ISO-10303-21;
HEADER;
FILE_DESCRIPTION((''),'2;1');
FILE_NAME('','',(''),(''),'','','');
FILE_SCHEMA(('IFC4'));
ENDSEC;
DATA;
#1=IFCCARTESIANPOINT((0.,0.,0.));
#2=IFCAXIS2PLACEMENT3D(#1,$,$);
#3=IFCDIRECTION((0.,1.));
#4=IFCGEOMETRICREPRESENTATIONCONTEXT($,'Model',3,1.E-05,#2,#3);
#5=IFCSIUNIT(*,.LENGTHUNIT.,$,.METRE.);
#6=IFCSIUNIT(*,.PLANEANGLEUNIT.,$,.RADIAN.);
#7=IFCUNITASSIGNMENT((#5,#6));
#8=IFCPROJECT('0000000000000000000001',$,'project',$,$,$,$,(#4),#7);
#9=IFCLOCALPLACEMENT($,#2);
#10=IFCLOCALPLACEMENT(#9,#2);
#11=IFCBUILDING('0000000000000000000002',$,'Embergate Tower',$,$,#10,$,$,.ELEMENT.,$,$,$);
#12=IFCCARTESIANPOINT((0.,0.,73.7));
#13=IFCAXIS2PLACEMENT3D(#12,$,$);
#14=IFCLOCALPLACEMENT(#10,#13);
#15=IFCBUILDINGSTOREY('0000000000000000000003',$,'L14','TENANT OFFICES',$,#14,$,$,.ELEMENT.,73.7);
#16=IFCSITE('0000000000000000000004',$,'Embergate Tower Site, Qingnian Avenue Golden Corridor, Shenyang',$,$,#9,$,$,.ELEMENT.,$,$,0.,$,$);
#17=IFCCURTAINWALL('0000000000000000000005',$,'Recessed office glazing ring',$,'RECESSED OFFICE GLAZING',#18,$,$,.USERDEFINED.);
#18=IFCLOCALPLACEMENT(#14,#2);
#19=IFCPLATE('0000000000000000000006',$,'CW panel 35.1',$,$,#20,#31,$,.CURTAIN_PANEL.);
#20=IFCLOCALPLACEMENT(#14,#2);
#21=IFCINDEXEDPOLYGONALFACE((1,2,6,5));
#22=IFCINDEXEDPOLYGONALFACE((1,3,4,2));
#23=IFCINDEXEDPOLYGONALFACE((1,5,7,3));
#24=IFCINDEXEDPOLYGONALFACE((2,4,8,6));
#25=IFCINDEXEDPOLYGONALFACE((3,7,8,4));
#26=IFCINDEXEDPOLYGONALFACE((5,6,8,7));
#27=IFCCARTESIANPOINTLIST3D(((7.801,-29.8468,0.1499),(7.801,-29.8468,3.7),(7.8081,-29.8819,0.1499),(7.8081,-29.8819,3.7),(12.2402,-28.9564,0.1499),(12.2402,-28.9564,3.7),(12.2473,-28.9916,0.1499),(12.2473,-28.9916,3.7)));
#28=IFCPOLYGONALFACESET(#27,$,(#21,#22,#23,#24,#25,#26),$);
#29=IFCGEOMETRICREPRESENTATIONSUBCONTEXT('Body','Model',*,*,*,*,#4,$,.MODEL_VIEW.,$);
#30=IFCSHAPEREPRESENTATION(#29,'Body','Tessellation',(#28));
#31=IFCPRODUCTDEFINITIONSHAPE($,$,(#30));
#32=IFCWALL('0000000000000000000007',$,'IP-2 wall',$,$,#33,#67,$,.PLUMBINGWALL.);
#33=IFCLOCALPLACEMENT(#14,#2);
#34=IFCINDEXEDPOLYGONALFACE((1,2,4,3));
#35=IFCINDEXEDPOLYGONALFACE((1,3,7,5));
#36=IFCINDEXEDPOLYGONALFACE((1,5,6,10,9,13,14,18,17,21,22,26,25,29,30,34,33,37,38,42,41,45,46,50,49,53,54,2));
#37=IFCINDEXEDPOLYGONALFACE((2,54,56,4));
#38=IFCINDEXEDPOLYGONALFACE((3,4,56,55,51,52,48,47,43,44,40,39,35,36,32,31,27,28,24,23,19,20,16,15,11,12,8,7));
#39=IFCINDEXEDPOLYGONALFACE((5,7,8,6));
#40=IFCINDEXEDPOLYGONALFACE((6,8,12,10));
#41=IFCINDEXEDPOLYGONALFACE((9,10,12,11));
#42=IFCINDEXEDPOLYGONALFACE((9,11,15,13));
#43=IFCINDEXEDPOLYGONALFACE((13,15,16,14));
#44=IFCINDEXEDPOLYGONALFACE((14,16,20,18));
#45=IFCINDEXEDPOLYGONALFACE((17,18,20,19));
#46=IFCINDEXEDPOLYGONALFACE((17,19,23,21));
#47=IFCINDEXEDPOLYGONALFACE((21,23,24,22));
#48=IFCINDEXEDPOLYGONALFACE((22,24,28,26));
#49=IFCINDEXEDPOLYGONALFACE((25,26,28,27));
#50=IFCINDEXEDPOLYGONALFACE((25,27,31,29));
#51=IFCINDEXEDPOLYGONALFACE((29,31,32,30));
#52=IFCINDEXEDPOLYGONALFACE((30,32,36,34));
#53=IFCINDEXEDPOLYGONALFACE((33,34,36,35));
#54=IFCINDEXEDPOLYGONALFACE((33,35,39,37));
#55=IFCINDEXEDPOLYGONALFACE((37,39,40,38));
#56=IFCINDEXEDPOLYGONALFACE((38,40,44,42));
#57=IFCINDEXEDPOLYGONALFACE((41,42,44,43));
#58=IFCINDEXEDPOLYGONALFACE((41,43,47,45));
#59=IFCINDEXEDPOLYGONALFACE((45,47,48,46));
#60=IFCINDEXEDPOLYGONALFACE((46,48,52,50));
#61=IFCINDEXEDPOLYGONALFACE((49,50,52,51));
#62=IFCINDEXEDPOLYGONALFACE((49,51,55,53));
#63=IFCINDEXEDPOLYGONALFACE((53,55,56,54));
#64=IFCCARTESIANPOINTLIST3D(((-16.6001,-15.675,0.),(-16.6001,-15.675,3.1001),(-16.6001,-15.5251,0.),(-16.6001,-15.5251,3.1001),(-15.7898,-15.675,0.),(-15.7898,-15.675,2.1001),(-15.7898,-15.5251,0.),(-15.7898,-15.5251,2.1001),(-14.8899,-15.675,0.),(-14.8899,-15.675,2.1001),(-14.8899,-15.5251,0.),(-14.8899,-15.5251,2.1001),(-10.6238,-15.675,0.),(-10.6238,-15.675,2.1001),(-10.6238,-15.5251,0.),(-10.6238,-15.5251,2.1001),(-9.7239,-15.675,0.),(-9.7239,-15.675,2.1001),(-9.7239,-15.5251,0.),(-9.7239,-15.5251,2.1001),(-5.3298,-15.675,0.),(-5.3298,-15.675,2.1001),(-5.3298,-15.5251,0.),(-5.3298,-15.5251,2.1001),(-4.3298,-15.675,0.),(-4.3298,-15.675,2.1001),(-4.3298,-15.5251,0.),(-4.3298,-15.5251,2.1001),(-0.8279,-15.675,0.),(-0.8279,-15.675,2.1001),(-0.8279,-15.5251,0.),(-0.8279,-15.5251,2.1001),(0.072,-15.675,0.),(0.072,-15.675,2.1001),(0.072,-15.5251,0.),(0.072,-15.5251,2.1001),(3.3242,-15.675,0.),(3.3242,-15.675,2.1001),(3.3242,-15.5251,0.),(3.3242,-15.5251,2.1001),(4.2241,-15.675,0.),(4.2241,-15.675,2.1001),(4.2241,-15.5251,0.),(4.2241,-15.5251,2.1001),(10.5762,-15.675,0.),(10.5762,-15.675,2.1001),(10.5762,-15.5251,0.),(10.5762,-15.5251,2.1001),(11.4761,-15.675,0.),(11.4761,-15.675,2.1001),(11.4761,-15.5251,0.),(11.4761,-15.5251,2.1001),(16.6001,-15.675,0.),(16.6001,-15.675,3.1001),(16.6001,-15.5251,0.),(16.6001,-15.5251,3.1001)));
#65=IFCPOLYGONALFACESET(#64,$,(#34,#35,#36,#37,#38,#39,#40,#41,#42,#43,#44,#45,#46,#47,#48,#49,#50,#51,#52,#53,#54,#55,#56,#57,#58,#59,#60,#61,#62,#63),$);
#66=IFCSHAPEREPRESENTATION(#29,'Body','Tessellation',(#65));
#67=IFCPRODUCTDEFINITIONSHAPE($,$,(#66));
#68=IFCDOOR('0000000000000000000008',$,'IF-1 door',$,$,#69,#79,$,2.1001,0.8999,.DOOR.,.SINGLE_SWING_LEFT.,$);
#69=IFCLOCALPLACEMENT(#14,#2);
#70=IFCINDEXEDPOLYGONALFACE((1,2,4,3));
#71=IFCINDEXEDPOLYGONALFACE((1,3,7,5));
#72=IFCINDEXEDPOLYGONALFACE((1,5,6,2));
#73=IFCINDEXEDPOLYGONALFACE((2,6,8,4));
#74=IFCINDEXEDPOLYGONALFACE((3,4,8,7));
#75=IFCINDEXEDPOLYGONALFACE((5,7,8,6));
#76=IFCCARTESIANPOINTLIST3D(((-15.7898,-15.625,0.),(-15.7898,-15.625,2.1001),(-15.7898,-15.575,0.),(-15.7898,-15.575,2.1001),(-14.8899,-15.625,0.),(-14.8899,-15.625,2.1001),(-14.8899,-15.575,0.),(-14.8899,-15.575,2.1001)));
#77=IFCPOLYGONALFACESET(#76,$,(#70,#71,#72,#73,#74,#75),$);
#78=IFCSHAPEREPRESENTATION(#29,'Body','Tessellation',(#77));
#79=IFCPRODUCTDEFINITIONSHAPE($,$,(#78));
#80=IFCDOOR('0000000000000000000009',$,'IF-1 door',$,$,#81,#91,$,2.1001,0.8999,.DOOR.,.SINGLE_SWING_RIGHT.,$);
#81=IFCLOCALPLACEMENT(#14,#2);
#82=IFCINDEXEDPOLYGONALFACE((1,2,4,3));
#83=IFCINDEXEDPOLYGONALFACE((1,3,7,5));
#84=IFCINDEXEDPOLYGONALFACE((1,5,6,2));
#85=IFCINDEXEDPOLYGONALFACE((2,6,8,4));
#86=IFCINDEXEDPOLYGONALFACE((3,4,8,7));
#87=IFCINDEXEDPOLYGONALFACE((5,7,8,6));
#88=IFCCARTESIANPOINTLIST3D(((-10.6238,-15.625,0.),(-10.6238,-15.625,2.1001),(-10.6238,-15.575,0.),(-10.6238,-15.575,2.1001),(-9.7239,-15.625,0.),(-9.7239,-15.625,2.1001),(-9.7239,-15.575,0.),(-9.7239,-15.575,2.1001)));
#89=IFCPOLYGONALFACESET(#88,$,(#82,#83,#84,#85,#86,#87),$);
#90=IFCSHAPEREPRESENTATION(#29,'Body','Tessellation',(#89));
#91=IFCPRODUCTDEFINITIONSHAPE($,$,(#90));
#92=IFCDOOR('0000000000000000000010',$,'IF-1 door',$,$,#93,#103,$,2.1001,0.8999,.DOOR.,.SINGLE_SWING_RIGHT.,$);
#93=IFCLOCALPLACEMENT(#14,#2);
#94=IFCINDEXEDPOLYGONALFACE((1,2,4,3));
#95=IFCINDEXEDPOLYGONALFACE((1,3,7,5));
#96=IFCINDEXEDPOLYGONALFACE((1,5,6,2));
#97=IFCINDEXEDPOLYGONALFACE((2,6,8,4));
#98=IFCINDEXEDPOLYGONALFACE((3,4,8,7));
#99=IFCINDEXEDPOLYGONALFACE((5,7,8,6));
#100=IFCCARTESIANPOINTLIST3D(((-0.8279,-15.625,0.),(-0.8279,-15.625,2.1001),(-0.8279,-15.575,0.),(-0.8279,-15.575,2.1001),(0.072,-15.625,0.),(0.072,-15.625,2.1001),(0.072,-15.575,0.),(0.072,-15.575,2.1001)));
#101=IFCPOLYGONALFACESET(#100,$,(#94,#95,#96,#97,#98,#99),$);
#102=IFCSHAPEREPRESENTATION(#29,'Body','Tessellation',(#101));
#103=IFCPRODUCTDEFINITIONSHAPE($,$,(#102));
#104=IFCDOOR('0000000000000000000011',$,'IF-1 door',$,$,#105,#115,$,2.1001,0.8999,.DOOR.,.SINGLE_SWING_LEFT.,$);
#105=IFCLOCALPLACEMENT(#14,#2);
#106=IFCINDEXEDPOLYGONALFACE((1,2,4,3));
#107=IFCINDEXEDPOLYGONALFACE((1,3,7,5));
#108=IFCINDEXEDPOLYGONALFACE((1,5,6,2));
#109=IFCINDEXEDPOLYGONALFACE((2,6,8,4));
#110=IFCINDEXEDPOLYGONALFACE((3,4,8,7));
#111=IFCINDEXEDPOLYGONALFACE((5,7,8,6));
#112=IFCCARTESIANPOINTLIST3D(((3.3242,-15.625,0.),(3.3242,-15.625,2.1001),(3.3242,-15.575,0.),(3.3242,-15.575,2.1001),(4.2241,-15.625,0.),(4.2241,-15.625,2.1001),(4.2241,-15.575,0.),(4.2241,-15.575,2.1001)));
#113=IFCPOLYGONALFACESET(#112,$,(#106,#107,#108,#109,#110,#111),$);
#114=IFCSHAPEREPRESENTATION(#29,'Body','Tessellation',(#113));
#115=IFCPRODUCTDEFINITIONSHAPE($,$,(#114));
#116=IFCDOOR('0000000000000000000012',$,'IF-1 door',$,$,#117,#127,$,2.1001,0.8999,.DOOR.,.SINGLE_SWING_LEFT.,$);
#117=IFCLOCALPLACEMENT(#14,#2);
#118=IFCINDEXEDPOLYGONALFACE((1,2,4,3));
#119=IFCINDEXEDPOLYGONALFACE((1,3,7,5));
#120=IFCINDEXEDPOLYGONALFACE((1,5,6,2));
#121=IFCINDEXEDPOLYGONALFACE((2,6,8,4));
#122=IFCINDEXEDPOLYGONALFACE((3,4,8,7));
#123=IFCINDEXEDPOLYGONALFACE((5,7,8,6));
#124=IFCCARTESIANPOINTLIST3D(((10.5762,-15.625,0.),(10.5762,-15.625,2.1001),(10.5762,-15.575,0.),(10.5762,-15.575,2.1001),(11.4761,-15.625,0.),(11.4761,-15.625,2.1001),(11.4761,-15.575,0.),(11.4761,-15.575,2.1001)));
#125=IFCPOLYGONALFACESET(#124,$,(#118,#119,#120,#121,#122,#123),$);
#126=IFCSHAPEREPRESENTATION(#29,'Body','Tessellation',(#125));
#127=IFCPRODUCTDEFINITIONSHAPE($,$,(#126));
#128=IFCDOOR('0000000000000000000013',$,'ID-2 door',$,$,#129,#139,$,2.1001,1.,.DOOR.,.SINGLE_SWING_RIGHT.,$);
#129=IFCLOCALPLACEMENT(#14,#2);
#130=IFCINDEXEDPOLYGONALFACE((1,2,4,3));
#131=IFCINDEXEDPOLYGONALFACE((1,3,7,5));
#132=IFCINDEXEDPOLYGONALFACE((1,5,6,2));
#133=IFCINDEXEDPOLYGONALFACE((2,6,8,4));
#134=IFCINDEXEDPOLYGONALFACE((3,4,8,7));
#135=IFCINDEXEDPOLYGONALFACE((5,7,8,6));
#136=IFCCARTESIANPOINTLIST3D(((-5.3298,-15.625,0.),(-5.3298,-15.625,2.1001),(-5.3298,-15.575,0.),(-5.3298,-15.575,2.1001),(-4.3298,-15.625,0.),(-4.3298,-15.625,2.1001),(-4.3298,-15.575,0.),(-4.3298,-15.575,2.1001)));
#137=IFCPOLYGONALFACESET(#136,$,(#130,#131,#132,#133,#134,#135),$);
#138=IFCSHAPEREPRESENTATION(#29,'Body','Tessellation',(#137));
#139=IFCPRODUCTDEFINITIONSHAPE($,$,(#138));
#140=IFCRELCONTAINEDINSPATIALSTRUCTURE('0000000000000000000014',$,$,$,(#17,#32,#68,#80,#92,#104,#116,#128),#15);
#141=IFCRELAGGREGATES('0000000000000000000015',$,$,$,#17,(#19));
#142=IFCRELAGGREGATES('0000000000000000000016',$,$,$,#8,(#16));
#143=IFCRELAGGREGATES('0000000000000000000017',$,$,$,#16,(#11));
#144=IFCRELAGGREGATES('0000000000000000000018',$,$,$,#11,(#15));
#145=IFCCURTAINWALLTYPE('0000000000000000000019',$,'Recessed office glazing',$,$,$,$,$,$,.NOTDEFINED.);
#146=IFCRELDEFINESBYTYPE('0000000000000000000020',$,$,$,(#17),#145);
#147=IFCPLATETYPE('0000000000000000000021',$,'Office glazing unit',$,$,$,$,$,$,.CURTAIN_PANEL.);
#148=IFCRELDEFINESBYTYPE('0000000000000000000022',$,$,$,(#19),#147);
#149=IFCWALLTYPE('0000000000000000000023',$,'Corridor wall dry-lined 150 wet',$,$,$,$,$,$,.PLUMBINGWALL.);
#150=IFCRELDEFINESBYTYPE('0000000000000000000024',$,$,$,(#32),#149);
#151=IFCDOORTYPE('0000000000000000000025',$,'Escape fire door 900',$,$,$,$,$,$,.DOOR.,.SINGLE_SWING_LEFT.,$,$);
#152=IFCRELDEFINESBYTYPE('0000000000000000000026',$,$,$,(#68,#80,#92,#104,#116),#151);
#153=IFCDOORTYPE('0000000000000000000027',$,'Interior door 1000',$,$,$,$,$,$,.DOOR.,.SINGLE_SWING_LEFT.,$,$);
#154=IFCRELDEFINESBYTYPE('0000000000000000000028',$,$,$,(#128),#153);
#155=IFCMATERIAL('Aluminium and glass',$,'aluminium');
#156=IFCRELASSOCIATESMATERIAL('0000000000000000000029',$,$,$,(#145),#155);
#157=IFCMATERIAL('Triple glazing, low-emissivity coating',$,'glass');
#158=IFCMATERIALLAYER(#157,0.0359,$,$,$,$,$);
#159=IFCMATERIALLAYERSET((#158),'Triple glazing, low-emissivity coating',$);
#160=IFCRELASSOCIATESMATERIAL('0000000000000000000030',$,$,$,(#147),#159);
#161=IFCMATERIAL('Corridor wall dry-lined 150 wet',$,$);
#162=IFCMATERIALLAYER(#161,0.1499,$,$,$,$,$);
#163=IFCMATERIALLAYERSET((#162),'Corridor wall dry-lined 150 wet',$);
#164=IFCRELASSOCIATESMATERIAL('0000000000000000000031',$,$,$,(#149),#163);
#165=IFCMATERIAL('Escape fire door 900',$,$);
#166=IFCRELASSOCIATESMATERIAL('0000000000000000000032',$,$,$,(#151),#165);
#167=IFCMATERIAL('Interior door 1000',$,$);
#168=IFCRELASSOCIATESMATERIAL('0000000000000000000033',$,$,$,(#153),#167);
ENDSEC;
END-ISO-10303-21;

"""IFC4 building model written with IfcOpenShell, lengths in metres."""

from ifc_helpers import new_model, si_unit, direction, frame, frame_2d, origin, origin_2d, place, context, subcontext, project, spatial, rectangle, extrude, source, transform, mapped, material, layer, layer_set, type_object, element, fill, aggregate, save


model = new_model("IFC4")

# Units and contexts
model_context = context("Model", 3, precision=1e-05, world=origin(), true_north=direction((0.0, 1.0)))
body_context = subcontext(model_context, "Body", "Model", "MODEL_VIEW")
ifc_project = project(units=[si_unit("LENGTHUNIT", "METRE"), si_unit("PLANEANGLEUNIT", "RADIAN")], contexts=[model_context])

# Site, building, storey
site_placement = place(None, origin())
site = spatial("IfcSite", under=ifc_project, at=site_placement, Name="Embergate Tower Site, Qingnian Avenue Golden Corridor, Shenyang", CompositionType="ELEMENT", RefElevation=0.0)
building_placement = place(site_placement, origin())
building = spatial("IfcBuilding", under=site, at=building_placement, Name="Embergate Tower", CompositionType="ELEMENT")
storey_placement = place(building_placement, frame((0.0, 0.0, 73.7)))
storey = spatial("IfcBuildingStorey", under=building, at=storey_placement, Name="L14", Description="TENANT OFFICES", CompositionType="ELEMENT", Elevation=73.7)

# Curtain wall, plate
ifc_material_1 = material(Name="Aluminium and glass", Category="aluminium")
curtain_wall_type = type_object("IfcCurtainWallType", Name="Recessed office glazing", PredefinedType="NOTDEFINED", material=ifc_material_1)
curtain_wall_placement = place(storey_placement, origin())
curtain_wall = element("IfcCurtainWall", 1, at=curtain_wall_placement, inside=storey, type_object=curtain_wall_type, Name="Recessed office glazing ring", ObjectType="RECESSED OFFICE GLAZING", PredefinedType="USERDEFINED")
ifc_material_2 = material(Name="Triple glazing, low-emissivity coating", Category="glass")
ifc_layer_1 = layer(ifc_material_2, 0.0359)
ifc_layer_set_1 = layer_set([ifc_layer_1], Name="Triple glazing, low-emissivity coating")
plate_type = type_object("IfcPlateType", Name="Office glazing unit", PredefinedType="CURTAIN_PANEL", material=ifc_layer_set_1)
shared_shape_1 = source(origin(), body_context, "Body", "SweptSolid", [
    extrude(rectangle(XDim=4.5276, YDim=0.0359, at=origin_2d()), origin(), (0.0, 0.0, 1.0), 3.55),
])
plate_1_placement = place(storey_placement, frame((10.0242, -29.4192, 0.1499), z_axis=(0.0, 0.0, 1.0), x_axis=(0.980475, 0.196643, 0.0)))
plate_1 = element("IfcPlate", 2, at=plate_1_placement, type_object=plate_type, Name="CW panel 35.1", PredefinedType="CURTAIN_PANEL", context=body_context, shape_type="MappedRepresentation", body=[
    mapped(shared_shape_1, transform((0.0, 0.0, 0.0))),
])
aggregate(curtain_wall, [plate_1])

# Wall, openings, doors
ifc_material_3 = material(Name="Corridor wall dry-lined 150 wet")
ifc_layer_2 = layer(ifc_material_3, 0.1499)
ifc_layer_set_2 = layer_set([ifc_layer_2], Name="Corridor wall dry-lined 150 wet")
wall_type_1 = type_object("IfcWallType", Name="Corridor wall dry-lined 150 wet", PredefinedType="PLUMBINGWALL", material=ifc_layer_set_2)
shared_shape_2 = source(origin(), body_context, "Body", "SweptSolid", [
    extrude(rectangle(XDim=33.2002, YDim=0.1499, at=frame_2d((16.6001, 0.0))), origin(), (0.0, 0.0, 1.0), 3.1001),
])
wall_1_placement = place(storey_placement, frame((16.6001, -15.6001, 0.0), z_axis=(0.0, 0.0, 1.0), x_axis=(-1.0, 0.0, 0.0)))
wall_1 = element("IfcWall", 3, at=wall_1_placement, inside=storey, type_object=wall_type_1, Name="IP-2 wall", PredefinedType="PLUMBINGWALL", context=body_context, shape_type="MappedRepresentation", body=[
    mapped(shared_shape_2, transform((0.0, 0.0, 0.0))),
])
shared_shape_3 = source(origin(), body_context, "Body", "SweptSolid", [
    extrude(rectangle(XDim=0.8999, YDim=2.1001, at=frame_2d((0.45, 1.05))), frame((0.0, 0.085, 0.0), z_axis=(0.0, -1.0, 0.0), x_axis=(1.0, 0.0, 0.0)), (0.0, 0.0, 1.0), 0.1699),
])
opening_1_placement = place(wall_1_placement, frame((31.49, 0.0, 0.0)))
opening_1 = element("IfcOpeningElement", 4, at=opening_1_placement, cuts=wall_1, PredefinedType="OPENING", context=body_context, shape_type="MappedRepresentation", body=[
    mapped(shared_shape_3, transform((0.0, 0.0, 0.0))),
])
opening_2_placement = place(wall_1_placement, frame((26.324, 0.0, 0.0)))
opening_2 = element("IfcOpeningElement", 5, at=opening_2_placement, cuts=wall_1, PredefinedType="OPENING", context=body_context, shape_type="MappedRepresentation", body=[
    mapped(shared_shape_3, transform((0.0, 0.0, 0.0))),
])
shared_shape_4 = source(origin(), body_context, "Body", "SweptSolid", [
    extrude(rectangle(XDim=1.0, YDim=2.1001, at=frame_2d((0.5, 1.05))), frame((0.0, 0.085, 0.0), z_axis=(0.0, -1.0, 0.0), x_axis=(1.0, 0.0, 0.0)), (0.0, 0.0, 1.0), 0.1699),
])
opening_3_placement = place(wall_1_placement, frame((20.9299, 0.0, 0.0)))
opening_3 = element("IfcOpeningElement", 6, at=opening_3_placement, cuts=wall_1, PredefinedType="OPENING", context=body_context, shape_type="MappedRepresentation", body=[
    mapped(shared_shape_4, transform((0.0, 0.0, 0.0))),
])
opening_4_placement = place(wall_1_placement, frame((16.5281, 0.0, 0.0)))
opening_4 = element("IfcOpeningElement", 7, at=opening_4_placement, cuts=wall_1, PredefinedType="OPENING", context=body_context, shape_type="MappedRepresentation", body=[
    mapped(shared_shape_3, transform((0.0, 0.0, 0.0))),
])
opening_5_placement = place(wall_1_placement, frame((12.376, 0.0, 0.0)))
opening_5 = element("IfcOpeningElement", 8, at=opening_5_placement, cuts=wall_1, PredefinedType="OPENING", context=body_context, shape_type="MappedRepresentation", body=[
    mapped(shared_shape_3, transform((0.0, 0.0, 0.0))),
])
opening_6_placement = place(wall_1_placement, frame((5.124, 0.0, 0.0)))
opening_6 = element("IfcOpeningElement", 9, at=opening_6_placement, cuts=wall_1, PredefinedType="OPENING", context=body_context, shape_type="MappedRepresentation", body=[
    mapped(shared_shape_3, transform((0.0, 0.0, 0.0))),
])
ifc_material_4 = material(Name="Escape fire door 900")
door_type_1 = type_object("IfcDoorType", Name="Escape fire door 900", OperationType="SINGLE_SWING_LEFT", PredefinedType="DOOR", material=ifc_material_4)
shared_shape_5 = source(origin(), body_context, "Body", "SweptSolid", [
    extrude(rectangle(XDim=0.8999, YDim=2.1001, at=frame_2d((0.45, 1.05))), frame((0.0, 0.0249, 0.0), z_axis=(0.0, -1.0, 0.0), x_axis=(1.0, 0.0, 0.0)), (0.0, 0.0, 1.0), 0.05),
])
door_1_placement = place(opening_1_placement, origin())
door_1 = element("IfcDoor", 10, at=door_1_placement, inside=storey, type_object=door_type_1, Name="IF-1 door", OperationType="SINGLE_SWING_LEFT", OverallHeight=2.1001, OverallWidth=0.8999, PredefinedType="DOOR", context=body_context, shape_type="MappedRepresentation", body=[
    mapped(shared_shape_5, transform((0.0, 0.0, 0.0))),
])
fill(opening_1, door_1)
door_2_placement = place(opening_2_placement, origin())
door_2 = element("IfcDoor", 11, at=door_2_placement, inside=storey, type_object=door_type_1, Name="IF-1 door", OperationType="SINGLE_SWING_RIGHT", OverallHeight=2.1001, OverallWidth=0.8999, PredefinedType="DOOR", context=body_context, shape_type="MappedRepresentation", body=[
    mapped(shared_shape_5, transform((0.0, 0.0, 0.0))),
])
fill(opening_2, door_2)
door_3_placement = place(opening_4_placement, origin())
door_3 = element("IfcDoor", 12, at=door_3_placement, inside=storey, type_object=door_type_1, Name="IF-1 door", OperationType="SINGLE_SWING_RIGHT", OverallHeight=2.1001, OverallWidth=0.8999, PredefinedType="DOOR", context=body_context, shape_type="MappedRepresentation", body=[
    mapped(shared_shape_5, transform((0.0, 0.0, 0.0))),
])
fill(opening_4, door_3)
door_4_placement = place(opening_5_placement, origin())
door_4 = element("IfcDoor", 13, at=door_4_placement, inside=storey, type_object=door_type_1, Name="IF-1 door", OperationType="SINGLE_SWING_LEFT", OverallHeight=2.1001, OverallWidth=0.8999, PredefinedType="DOOR", context=body_context, shape_type="MappedRepresentation", body=[
    mapped(shared_shape_5, transform((0.0, 0.0, 0.0))),
])
fill(opening_5, door_4)
door_5_placement = place(opening_6_placement, origin())
door_5 = element("IfcDoor", 14, at=door_5_placement, inside=storey, type_object=door_type_1, Name="IF-1 door", OperationType="SINGLE_SWING_LEFT", OverallHeight=2.1001, OverallWidth=0.8999, PredefinedType="DOOR", context=body_context, shape_type="MappedRepresentation", body=[
    mapped(shared_shape_5, transform((0.0, 0.0, 0.0))),
])
fill(opening_6, door_5)
ifc_material_5 = material(Name="Interior door 1000")
door_type_2 = type_object("IfcDoorType", Name="Interior door 1000", OperationType="SINGLE_SWING_LEFT", PredefinedType="DOOR", material=ifc_material_5)
shared_shape_6 = source(origin(), body_context, "Body", "SweptSolid", [
    extrude(rectangle(XDim=1.0, YDim=2.1001, at=frame_2d((0.5, 1.05))), frame((0.0, 0.0249, 0.0), z_axis=(0.0, -1.0, 0.0), x_axis=(1.0, 0.0, 0.0)), (0.0, 0.0, 1.0), 0.05),
])
door_6_placement = place(opening_3_placement, origin())
door_6 = element("IfcDoor", 15, at=door_6_placement, inside=storey, type_object=door_type_2, Name="ID-2 door", OperationType="SINGLE_SWING_RIGHT", OverallHeight=2.1001, OverallWidth=1.0, PredefinedType="DOOR", context=body_context, shape_type="MappedRepresentation", body=[
    mapped(shared_shape_6, transform((0.0, 0.0, 0.0))),
])
fill(opening_3, door_6)

save(model, "model.ifc")
